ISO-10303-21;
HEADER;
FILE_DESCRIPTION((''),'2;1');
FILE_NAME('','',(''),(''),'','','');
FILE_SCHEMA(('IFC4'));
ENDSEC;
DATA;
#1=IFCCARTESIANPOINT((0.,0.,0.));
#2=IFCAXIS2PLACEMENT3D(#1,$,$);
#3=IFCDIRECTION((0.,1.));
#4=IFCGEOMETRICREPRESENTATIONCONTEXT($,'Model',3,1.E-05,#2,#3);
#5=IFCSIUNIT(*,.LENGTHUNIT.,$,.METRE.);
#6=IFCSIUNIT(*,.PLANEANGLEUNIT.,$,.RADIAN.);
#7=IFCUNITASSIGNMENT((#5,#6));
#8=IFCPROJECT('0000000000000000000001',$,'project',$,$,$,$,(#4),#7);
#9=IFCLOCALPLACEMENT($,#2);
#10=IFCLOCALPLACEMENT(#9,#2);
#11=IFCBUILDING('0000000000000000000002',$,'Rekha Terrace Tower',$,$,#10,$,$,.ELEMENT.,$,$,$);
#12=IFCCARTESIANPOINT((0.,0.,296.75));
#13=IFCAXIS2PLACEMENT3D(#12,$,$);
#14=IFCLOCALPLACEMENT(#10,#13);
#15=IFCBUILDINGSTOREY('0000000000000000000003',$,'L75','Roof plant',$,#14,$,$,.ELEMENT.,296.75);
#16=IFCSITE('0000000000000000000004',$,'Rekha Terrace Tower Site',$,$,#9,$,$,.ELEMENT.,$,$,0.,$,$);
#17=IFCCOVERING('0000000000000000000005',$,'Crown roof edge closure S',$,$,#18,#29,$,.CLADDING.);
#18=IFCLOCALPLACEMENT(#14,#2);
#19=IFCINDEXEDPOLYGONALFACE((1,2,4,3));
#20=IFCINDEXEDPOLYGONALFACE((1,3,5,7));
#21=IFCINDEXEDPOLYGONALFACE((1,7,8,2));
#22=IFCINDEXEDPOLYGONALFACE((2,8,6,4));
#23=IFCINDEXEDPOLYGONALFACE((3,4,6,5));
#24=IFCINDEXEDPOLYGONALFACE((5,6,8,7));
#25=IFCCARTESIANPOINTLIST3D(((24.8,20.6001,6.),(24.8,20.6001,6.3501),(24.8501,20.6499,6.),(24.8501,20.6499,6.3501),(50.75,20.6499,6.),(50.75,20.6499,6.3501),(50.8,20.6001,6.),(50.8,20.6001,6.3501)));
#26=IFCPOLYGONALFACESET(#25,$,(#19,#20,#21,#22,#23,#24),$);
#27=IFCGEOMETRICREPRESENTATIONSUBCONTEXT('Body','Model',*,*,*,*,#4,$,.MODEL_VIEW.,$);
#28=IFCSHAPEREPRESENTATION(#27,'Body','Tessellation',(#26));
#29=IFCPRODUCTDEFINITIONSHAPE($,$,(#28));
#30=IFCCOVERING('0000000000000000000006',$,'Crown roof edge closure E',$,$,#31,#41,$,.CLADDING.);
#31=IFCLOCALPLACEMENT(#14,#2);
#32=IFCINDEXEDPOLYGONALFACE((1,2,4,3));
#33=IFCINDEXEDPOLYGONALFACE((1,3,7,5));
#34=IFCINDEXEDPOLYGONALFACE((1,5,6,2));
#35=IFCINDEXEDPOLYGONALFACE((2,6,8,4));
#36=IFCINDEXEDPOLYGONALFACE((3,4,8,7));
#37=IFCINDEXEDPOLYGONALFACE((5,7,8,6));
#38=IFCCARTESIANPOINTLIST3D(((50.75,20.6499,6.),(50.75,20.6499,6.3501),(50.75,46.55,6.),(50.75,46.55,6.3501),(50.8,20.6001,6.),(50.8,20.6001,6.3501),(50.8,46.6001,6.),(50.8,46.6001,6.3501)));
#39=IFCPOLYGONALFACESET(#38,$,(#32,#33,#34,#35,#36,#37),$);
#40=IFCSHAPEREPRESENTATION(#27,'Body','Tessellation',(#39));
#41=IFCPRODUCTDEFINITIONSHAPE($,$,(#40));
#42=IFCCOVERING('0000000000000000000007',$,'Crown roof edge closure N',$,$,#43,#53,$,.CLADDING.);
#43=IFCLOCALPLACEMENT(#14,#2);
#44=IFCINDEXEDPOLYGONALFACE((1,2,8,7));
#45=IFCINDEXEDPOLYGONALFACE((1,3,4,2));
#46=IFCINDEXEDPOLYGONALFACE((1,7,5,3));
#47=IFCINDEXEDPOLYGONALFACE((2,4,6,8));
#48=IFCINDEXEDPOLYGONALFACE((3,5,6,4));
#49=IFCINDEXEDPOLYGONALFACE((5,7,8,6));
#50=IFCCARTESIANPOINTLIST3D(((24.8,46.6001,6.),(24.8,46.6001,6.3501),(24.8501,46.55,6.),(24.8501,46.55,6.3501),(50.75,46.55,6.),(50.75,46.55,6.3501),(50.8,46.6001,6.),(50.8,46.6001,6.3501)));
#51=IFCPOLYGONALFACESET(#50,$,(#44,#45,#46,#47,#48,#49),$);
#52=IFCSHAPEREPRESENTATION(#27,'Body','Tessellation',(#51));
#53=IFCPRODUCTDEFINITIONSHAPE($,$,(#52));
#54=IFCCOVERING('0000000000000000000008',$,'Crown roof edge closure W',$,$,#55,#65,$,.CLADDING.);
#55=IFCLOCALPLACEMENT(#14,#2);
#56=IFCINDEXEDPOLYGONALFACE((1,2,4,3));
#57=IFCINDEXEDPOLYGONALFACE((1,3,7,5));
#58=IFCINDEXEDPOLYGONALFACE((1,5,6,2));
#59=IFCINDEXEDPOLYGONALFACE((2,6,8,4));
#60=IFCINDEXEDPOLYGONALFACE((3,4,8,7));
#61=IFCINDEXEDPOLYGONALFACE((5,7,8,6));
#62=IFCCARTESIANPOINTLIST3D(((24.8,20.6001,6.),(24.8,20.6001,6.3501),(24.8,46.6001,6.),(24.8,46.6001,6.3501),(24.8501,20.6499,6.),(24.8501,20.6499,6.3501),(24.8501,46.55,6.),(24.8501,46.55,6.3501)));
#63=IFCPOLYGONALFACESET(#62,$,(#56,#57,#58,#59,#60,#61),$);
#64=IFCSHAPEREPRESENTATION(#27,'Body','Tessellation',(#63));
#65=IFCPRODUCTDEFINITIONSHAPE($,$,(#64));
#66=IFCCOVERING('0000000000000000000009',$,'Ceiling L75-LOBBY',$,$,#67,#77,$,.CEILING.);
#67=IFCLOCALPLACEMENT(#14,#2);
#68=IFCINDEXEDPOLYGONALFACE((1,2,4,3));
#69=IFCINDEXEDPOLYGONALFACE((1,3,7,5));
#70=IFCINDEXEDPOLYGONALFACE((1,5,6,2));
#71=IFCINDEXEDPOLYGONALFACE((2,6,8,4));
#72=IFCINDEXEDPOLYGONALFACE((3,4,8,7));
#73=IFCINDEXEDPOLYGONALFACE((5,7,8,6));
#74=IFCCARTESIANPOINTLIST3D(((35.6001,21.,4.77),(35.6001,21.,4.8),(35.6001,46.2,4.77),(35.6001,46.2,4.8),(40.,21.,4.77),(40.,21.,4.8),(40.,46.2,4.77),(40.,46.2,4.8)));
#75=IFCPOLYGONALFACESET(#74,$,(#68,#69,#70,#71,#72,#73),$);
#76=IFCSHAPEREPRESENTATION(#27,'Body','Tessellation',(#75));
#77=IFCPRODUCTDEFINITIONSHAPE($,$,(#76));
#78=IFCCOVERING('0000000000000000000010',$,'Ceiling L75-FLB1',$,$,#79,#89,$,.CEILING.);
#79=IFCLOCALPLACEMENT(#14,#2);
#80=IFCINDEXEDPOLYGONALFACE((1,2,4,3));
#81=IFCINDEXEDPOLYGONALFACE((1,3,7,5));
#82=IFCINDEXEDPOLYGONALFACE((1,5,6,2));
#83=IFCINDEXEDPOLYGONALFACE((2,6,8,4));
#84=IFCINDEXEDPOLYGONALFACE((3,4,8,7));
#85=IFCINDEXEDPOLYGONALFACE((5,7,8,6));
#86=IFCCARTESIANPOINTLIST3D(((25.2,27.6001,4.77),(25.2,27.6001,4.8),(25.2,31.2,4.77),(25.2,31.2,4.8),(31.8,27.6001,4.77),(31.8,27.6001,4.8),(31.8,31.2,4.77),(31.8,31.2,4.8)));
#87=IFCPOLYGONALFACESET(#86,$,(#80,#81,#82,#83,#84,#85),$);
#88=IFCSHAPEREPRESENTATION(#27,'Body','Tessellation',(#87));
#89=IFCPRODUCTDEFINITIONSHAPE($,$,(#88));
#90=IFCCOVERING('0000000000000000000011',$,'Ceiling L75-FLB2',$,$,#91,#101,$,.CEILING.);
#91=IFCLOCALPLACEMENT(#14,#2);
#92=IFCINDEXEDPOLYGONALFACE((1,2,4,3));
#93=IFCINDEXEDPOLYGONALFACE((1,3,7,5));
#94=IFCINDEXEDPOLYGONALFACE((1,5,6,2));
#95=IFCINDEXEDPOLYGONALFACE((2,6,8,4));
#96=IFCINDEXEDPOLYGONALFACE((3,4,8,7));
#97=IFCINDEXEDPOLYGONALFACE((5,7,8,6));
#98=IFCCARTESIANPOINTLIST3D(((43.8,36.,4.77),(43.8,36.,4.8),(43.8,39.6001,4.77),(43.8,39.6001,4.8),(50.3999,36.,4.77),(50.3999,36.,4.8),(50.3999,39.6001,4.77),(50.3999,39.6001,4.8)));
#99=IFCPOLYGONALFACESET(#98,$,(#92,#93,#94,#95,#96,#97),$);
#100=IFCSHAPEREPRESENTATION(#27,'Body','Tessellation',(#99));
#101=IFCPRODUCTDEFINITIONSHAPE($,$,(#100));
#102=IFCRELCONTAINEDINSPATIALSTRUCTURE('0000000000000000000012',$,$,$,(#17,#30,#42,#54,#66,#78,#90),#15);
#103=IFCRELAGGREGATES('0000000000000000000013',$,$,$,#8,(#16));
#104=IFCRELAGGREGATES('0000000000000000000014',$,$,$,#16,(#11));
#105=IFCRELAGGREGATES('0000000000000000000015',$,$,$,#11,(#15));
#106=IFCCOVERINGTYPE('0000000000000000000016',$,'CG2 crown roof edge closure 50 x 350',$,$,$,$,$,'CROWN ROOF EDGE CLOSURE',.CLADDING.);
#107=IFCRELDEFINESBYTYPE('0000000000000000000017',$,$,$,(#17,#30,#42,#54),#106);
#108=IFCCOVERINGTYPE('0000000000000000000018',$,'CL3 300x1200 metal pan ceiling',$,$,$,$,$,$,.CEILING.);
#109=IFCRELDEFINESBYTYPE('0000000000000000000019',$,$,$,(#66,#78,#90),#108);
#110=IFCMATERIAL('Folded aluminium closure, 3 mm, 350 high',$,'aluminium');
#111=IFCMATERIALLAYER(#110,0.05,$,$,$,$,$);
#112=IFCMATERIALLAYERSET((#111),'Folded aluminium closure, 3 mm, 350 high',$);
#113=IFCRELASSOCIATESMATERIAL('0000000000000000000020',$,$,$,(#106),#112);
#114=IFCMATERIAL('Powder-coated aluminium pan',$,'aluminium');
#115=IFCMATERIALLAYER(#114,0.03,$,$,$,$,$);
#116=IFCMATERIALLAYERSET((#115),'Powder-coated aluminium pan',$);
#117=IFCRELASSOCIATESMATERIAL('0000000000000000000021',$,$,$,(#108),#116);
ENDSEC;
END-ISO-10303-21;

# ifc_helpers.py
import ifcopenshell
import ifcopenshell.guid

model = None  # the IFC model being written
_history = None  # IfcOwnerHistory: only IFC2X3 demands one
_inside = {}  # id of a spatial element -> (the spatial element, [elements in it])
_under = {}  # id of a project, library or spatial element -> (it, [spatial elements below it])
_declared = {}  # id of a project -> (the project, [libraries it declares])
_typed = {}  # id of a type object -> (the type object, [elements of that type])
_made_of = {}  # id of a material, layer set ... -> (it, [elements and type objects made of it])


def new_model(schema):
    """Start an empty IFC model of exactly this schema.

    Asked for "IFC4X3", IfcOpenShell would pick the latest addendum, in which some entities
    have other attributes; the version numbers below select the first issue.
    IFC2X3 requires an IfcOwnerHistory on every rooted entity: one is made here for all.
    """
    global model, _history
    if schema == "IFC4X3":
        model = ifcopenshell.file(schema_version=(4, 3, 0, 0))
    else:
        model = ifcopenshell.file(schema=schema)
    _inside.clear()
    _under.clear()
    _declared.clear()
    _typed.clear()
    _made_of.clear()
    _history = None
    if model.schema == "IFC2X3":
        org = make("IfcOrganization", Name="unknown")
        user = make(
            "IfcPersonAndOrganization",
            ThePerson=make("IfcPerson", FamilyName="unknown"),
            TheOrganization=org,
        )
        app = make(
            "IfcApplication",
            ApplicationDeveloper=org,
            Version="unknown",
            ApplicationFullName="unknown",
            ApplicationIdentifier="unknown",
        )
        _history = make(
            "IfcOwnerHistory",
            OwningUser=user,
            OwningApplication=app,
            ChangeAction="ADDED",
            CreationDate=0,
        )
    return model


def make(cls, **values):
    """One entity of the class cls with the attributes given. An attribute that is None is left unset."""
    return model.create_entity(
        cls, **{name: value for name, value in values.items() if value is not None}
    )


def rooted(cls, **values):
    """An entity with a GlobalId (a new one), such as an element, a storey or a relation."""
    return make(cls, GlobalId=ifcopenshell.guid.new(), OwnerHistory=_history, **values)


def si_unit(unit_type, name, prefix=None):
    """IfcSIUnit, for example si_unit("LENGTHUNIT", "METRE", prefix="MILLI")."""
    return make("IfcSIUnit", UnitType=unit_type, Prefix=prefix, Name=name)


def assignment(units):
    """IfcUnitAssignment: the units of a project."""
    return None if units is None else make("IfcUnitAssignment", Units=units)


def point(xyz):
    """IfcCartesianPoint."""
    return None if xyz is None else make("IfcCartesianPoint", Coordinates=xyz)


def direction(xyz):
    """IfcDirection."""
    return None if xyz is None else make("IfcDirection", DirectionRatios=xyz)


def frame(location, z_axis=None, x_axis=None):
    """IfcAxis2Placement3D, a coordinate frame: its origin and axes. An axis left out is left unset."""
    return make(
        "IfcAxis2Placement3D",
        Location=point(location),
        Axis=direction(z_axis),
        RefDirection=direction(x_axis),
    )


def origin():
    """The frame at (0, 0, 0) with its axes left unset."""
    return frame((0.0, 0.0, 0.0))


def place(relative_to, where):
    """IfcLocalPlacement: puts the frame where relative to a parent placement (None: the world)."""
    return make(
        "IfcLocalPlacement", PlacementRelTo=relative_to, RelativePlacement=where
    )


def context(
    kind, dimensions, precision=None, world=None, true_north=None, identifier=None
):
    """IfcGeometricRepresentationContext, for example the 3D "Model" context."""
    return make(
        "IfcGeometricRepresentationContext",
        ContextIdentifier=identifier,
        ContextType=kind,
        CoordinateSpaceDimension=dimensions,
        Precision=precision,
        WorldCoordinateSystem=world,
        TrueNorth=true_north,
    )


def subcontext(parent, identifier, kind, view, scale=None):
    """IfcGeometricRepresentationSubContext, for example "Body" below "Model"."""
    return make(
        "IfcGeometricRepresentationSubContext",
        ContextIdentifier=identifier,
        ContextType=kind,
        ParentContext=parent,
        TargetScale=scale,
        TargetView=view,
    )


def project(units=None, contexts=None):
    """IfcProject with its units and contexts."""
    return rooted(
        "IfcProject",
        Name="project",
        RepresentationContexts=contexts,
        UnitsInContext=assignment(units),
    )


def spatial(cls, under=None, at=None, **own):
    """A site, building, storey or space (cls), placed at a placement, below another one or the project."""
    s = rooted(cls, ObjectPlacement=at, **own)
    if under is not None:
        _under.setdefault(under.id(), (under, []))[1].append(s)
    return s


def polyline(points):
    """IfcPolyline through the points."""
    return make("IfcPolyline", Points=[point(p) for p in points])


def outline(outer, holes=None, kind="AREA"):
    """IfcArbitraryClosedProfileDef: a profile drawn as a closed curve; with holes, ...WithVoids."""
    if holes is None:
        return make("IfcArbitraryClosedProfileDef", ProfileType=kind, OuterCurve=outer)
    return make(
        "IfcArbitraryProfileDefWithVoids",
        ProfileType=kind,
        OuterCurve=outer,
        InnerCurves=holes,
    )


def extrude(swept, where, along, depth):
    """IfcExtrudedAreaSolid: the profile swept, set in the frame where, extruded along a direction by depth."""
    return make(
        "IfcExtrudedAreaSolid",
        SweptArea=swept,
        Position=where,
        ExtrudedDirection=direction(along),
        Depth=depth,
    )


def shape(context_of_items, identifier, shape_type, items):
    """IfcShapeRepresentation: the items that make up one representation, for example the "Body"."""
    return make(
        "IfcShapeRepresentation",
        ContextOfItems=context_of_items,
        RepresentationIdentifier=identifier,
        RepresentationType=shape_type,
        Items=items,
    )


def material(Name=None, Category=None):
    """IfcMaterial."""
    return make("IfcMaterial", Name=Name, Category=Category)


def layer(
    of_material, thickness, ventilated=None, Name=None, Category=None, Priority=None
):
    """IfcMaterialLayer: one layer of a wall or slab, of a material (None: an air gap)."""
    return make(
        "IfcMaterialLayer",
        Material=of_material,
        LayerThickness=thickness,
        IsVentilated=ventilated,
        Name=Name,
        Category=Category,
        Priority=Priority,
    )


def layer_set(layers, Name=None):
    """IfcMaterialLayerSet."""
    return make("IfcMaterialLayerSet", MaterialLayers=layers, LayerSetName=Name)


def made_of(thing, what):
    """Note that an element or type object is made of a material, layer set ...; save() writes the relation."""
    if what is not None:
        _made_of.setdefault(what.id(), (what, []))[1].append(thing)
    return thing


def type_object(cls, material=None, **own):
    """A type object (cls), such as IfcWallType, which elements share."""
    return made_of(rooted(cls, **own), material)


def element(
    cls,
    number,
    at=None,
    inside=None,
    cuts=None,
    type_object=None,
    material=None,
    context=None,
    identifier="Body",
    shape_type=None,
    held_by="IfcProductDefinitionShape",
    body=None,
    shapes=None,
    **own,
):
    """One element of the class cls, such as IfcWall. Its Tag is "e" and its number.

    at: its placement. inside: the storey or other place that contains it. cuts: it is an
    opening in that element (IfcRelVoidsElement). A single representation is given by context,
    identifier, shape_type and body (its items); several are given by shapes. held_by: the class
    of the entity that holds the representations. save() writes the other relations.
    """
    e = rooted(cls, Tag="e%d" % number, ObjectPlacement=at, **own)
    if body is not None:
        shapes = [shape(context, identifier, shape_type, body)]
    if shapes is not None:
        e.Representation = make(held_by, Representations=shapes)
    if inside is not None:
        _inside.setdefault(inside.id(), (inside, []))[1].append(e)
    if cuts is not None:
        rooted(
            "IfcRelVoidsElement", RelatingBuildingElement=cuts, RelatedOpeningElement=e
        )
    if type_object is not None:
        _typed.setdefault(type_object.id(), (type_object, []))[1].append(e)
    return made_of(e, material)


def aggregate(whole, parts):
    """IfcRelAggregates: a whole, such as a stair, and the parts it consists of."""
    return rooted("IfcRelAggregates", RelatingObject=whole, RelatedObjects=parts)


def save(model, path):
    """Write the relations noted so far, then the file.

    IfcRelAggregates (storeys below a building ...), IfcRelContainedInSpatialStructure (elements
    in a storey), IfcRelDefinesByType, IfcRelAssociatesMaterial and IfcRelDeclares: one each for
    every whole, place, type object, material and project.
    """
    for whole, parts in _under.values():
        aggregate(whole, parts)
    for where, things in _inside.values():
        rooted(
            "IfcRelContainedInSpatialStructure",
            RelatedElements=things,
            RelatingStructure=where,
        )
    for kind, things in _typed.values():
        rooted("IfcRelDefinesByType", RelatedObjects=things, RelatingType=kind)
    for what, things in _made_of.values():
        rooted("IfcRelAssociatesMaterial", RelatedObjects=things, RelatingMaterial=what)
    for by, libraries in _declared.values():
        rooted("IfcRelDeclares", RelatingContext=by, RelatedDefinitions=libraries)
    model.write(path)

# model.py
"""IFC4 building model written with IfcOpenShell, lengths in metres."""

from ifc_helpers import new_model, si_unit, direction, frame, origin, place, context, subcontext, project, spatial, polyline, outline, extrude, material, layer, layer_set, type_object, element, save


model = new_model("IFC4")

# Units and contexts
model_context = context("Model", 3, precision=1e-05, world=origin(), true_north=direction((0.0, 1.0)))
body_context = subcontext(model_context, "Body", "Model", "MODEL_VIEW")
ifc_project = project(units=[si_unit("LENGTHUNIT", "METRE"), si_unit("PLANEANGLEUNIT", "RADIAN")], contexts=[model_context])

# Site, building, storey
site_placement = place(None, origin())
site = spatial("IfcSite", under=ifc_project, at=site_placement, Name="Rekha Terrace Tower Site", CompositionType="ELEMENT", RefElevation=0.0)
building_placement = place(site_placement, origin())
building = spatial("IfcBuilding", under=site, at=building_placement, Name="Rekha Terrace Tower", CompositionType="ELEMENT")
storey_placement = place(building_placement, frame((0.0, 0.0, 296.75)))
storey = spatial("IfcBuildingStorey", under=building, at=storey_placement, Name="L75", Description="Roof plant", CompositionType="ELEMENT", Elevation=296.75)

# Coverings
ifc_material_1 = material(Name="Folded aluminium closure, 3 mm, 350 high", Category="aluminium")
ifc_layer_1 = layer(ifc_material_1, 0.05)
ifc_layer_set_1 = layer_set([ifc_layer_1], Name="Folded aluminium closure, 3 mm, 350 high")
covering_type_1 = type_object("IfcCoveringType", Name="CG2 crown roof edge closure 50 x 350", ElementType="CROWN ROOF EDGE CLOSURE", PredefinedType="CLADDING", material=ifc_layer_set_1)
covering_1_placement = place(storey_placement, frame((0.0, 0.0, 6.0)))
element("IfcCovering", 1, at=covering_1_placement, inside=storey, type_object=covering_type_1, Name="Crown roof edge closure S", PredefinedType="CLADDING", context=body_context, shape_type="SweptSolid", body=[
    extrude(outline(polyline([(24.8, 20.6001), (50.8, 20.6001), (50.75, 20.6499), (24.8501, 20.6499), (24.8, 20.6001)])), origin(), (0.0, 0.0, 1.0), 0.3501),
])
covering_2_placement = place(storey_placement, frame((0.0, 0.0, 6.0)))
element("IfcCovering", 2, at=covering_2_placement, inside=storey, type_object=covering_type_1, Name="Crown roof edge closure E", PredefinedType="CLADDING", context=body_context, shape_type="SweptSolid", body=[
    extrude(outline(polyline([(50.8, 20.6001), (50.8, 46.6001), (50.75, 46.55), (50.75, 20.6499), (50.8, 20.6001)])), origin(), (0.0, 0.0, 1.0), 0.3501),
])
covering_3_placement = place(storey_placement, frame((0.0, 0.0, 6.0)))
element("IfcCovering", 3, at=covering_3_placement, inside=storey, type_object=covering_type_1, Name="Crown roof edge closure N", PredefinedType="CLADDING", context=body_context, shape_type="SweptSolid", body=[
    extrude(outline(polyline([(50.8, 46.6001), (24.8, 46.6001), (24.8501, 46.55), (50.75, 46.55), (50.8, 46.6001)])), origin(), (0.0, 0.0, 1.0), 0.3501),
])
covering_4_placement = place(storey_placement, frame((0.0, 0.0, 6.0)))
element("IfcCovering", 4, at=covering_4_placement, inside=storey, type_object=covering_type_1, Name="Crown roof edge closure W", PredefinedType="CLADDING", context=body_context, shape_type="SweptSolid", body=[
    extrude(outline(polyline([(24.8, 46.6001), (24.8, 20.6001), (24.8501, 20.6499), (24.8501, 46.55), (24.8, 46.6001)])), origin(), (0.0, 0.0, 1.0), 0.3501),
])
ifc_material_2 = material(Name="Powder-coated aluminium pan", Category="aluminium")
ifc_layer_2 = layer(ifc_material_2, 0.03)
ifc_layer_set_2 = layer_set([ifc_layer_2], Name="Powder-coated aluminium pan")
covering_type_2 = type_object("IfcCoveringType", Name="CL3 300x1200 metal pan ceiling", PredefinedType="CEILING", material=ifc_layer_set_2)
covering_5_placement = place(storey_placement, frame((0.0, 0.0, 4.77)))
element("IfcCovering", 5, at=covering_5_placement, inside=storey, type_object=covering_type_2, Name="Ceiling L75-LOBBY", PredefinedType="CEILING", context=body_context, shape_type="SweptSolid", body=[
    extrude(outline(polyline([(35.6001, 46.2), (35.6001, 21.0), (40.0, 21.0), (40.0, 46.2), (35.6001, 46.2)])), origin(), (0.0, 0.0, 1.0), 0.03),
])
covering_6_placement = place(storey_placement, frame((0.0, 0.0, 4.77)))
element("IfcCovering", 6, at=covering_6_placement, inside=storey, type_object=covering_type_2, Name="Ceiling L75-FLB1", PredefinedType="CEILING", context=body_context, shape_type="SweptSolid", body=[
    extrude(outline(polyline([(25.2, 31.2), (25.2, 27.6001), (31.8, 27.6001), (31.8, 31.2), (25.2, 31.2)])), origin(), (0.0, 0.0, 1.0), 0.03),
])
covering_7_placement = place(storey_placement, frame((0.0, 0.0, 4.77)))
element("IfcCovering", 7, at=covering_7_placement, inside=storey, type_object=covering_type_2, Name="Ceiling L75-FLB2", PredefinedType="CEILING", context=body_context, shape_type="SweptSolid", body=[
    extrude(outline(polyline([(43.8, 39.6001), (43.8, 36.0), (50.3999, 36.0), (50.3999, 39.6001), (43.8, 39.6001)])), origin(), (0.0, 0.0, 1.0), 0.03),
])

save(model, "model.ifc")
